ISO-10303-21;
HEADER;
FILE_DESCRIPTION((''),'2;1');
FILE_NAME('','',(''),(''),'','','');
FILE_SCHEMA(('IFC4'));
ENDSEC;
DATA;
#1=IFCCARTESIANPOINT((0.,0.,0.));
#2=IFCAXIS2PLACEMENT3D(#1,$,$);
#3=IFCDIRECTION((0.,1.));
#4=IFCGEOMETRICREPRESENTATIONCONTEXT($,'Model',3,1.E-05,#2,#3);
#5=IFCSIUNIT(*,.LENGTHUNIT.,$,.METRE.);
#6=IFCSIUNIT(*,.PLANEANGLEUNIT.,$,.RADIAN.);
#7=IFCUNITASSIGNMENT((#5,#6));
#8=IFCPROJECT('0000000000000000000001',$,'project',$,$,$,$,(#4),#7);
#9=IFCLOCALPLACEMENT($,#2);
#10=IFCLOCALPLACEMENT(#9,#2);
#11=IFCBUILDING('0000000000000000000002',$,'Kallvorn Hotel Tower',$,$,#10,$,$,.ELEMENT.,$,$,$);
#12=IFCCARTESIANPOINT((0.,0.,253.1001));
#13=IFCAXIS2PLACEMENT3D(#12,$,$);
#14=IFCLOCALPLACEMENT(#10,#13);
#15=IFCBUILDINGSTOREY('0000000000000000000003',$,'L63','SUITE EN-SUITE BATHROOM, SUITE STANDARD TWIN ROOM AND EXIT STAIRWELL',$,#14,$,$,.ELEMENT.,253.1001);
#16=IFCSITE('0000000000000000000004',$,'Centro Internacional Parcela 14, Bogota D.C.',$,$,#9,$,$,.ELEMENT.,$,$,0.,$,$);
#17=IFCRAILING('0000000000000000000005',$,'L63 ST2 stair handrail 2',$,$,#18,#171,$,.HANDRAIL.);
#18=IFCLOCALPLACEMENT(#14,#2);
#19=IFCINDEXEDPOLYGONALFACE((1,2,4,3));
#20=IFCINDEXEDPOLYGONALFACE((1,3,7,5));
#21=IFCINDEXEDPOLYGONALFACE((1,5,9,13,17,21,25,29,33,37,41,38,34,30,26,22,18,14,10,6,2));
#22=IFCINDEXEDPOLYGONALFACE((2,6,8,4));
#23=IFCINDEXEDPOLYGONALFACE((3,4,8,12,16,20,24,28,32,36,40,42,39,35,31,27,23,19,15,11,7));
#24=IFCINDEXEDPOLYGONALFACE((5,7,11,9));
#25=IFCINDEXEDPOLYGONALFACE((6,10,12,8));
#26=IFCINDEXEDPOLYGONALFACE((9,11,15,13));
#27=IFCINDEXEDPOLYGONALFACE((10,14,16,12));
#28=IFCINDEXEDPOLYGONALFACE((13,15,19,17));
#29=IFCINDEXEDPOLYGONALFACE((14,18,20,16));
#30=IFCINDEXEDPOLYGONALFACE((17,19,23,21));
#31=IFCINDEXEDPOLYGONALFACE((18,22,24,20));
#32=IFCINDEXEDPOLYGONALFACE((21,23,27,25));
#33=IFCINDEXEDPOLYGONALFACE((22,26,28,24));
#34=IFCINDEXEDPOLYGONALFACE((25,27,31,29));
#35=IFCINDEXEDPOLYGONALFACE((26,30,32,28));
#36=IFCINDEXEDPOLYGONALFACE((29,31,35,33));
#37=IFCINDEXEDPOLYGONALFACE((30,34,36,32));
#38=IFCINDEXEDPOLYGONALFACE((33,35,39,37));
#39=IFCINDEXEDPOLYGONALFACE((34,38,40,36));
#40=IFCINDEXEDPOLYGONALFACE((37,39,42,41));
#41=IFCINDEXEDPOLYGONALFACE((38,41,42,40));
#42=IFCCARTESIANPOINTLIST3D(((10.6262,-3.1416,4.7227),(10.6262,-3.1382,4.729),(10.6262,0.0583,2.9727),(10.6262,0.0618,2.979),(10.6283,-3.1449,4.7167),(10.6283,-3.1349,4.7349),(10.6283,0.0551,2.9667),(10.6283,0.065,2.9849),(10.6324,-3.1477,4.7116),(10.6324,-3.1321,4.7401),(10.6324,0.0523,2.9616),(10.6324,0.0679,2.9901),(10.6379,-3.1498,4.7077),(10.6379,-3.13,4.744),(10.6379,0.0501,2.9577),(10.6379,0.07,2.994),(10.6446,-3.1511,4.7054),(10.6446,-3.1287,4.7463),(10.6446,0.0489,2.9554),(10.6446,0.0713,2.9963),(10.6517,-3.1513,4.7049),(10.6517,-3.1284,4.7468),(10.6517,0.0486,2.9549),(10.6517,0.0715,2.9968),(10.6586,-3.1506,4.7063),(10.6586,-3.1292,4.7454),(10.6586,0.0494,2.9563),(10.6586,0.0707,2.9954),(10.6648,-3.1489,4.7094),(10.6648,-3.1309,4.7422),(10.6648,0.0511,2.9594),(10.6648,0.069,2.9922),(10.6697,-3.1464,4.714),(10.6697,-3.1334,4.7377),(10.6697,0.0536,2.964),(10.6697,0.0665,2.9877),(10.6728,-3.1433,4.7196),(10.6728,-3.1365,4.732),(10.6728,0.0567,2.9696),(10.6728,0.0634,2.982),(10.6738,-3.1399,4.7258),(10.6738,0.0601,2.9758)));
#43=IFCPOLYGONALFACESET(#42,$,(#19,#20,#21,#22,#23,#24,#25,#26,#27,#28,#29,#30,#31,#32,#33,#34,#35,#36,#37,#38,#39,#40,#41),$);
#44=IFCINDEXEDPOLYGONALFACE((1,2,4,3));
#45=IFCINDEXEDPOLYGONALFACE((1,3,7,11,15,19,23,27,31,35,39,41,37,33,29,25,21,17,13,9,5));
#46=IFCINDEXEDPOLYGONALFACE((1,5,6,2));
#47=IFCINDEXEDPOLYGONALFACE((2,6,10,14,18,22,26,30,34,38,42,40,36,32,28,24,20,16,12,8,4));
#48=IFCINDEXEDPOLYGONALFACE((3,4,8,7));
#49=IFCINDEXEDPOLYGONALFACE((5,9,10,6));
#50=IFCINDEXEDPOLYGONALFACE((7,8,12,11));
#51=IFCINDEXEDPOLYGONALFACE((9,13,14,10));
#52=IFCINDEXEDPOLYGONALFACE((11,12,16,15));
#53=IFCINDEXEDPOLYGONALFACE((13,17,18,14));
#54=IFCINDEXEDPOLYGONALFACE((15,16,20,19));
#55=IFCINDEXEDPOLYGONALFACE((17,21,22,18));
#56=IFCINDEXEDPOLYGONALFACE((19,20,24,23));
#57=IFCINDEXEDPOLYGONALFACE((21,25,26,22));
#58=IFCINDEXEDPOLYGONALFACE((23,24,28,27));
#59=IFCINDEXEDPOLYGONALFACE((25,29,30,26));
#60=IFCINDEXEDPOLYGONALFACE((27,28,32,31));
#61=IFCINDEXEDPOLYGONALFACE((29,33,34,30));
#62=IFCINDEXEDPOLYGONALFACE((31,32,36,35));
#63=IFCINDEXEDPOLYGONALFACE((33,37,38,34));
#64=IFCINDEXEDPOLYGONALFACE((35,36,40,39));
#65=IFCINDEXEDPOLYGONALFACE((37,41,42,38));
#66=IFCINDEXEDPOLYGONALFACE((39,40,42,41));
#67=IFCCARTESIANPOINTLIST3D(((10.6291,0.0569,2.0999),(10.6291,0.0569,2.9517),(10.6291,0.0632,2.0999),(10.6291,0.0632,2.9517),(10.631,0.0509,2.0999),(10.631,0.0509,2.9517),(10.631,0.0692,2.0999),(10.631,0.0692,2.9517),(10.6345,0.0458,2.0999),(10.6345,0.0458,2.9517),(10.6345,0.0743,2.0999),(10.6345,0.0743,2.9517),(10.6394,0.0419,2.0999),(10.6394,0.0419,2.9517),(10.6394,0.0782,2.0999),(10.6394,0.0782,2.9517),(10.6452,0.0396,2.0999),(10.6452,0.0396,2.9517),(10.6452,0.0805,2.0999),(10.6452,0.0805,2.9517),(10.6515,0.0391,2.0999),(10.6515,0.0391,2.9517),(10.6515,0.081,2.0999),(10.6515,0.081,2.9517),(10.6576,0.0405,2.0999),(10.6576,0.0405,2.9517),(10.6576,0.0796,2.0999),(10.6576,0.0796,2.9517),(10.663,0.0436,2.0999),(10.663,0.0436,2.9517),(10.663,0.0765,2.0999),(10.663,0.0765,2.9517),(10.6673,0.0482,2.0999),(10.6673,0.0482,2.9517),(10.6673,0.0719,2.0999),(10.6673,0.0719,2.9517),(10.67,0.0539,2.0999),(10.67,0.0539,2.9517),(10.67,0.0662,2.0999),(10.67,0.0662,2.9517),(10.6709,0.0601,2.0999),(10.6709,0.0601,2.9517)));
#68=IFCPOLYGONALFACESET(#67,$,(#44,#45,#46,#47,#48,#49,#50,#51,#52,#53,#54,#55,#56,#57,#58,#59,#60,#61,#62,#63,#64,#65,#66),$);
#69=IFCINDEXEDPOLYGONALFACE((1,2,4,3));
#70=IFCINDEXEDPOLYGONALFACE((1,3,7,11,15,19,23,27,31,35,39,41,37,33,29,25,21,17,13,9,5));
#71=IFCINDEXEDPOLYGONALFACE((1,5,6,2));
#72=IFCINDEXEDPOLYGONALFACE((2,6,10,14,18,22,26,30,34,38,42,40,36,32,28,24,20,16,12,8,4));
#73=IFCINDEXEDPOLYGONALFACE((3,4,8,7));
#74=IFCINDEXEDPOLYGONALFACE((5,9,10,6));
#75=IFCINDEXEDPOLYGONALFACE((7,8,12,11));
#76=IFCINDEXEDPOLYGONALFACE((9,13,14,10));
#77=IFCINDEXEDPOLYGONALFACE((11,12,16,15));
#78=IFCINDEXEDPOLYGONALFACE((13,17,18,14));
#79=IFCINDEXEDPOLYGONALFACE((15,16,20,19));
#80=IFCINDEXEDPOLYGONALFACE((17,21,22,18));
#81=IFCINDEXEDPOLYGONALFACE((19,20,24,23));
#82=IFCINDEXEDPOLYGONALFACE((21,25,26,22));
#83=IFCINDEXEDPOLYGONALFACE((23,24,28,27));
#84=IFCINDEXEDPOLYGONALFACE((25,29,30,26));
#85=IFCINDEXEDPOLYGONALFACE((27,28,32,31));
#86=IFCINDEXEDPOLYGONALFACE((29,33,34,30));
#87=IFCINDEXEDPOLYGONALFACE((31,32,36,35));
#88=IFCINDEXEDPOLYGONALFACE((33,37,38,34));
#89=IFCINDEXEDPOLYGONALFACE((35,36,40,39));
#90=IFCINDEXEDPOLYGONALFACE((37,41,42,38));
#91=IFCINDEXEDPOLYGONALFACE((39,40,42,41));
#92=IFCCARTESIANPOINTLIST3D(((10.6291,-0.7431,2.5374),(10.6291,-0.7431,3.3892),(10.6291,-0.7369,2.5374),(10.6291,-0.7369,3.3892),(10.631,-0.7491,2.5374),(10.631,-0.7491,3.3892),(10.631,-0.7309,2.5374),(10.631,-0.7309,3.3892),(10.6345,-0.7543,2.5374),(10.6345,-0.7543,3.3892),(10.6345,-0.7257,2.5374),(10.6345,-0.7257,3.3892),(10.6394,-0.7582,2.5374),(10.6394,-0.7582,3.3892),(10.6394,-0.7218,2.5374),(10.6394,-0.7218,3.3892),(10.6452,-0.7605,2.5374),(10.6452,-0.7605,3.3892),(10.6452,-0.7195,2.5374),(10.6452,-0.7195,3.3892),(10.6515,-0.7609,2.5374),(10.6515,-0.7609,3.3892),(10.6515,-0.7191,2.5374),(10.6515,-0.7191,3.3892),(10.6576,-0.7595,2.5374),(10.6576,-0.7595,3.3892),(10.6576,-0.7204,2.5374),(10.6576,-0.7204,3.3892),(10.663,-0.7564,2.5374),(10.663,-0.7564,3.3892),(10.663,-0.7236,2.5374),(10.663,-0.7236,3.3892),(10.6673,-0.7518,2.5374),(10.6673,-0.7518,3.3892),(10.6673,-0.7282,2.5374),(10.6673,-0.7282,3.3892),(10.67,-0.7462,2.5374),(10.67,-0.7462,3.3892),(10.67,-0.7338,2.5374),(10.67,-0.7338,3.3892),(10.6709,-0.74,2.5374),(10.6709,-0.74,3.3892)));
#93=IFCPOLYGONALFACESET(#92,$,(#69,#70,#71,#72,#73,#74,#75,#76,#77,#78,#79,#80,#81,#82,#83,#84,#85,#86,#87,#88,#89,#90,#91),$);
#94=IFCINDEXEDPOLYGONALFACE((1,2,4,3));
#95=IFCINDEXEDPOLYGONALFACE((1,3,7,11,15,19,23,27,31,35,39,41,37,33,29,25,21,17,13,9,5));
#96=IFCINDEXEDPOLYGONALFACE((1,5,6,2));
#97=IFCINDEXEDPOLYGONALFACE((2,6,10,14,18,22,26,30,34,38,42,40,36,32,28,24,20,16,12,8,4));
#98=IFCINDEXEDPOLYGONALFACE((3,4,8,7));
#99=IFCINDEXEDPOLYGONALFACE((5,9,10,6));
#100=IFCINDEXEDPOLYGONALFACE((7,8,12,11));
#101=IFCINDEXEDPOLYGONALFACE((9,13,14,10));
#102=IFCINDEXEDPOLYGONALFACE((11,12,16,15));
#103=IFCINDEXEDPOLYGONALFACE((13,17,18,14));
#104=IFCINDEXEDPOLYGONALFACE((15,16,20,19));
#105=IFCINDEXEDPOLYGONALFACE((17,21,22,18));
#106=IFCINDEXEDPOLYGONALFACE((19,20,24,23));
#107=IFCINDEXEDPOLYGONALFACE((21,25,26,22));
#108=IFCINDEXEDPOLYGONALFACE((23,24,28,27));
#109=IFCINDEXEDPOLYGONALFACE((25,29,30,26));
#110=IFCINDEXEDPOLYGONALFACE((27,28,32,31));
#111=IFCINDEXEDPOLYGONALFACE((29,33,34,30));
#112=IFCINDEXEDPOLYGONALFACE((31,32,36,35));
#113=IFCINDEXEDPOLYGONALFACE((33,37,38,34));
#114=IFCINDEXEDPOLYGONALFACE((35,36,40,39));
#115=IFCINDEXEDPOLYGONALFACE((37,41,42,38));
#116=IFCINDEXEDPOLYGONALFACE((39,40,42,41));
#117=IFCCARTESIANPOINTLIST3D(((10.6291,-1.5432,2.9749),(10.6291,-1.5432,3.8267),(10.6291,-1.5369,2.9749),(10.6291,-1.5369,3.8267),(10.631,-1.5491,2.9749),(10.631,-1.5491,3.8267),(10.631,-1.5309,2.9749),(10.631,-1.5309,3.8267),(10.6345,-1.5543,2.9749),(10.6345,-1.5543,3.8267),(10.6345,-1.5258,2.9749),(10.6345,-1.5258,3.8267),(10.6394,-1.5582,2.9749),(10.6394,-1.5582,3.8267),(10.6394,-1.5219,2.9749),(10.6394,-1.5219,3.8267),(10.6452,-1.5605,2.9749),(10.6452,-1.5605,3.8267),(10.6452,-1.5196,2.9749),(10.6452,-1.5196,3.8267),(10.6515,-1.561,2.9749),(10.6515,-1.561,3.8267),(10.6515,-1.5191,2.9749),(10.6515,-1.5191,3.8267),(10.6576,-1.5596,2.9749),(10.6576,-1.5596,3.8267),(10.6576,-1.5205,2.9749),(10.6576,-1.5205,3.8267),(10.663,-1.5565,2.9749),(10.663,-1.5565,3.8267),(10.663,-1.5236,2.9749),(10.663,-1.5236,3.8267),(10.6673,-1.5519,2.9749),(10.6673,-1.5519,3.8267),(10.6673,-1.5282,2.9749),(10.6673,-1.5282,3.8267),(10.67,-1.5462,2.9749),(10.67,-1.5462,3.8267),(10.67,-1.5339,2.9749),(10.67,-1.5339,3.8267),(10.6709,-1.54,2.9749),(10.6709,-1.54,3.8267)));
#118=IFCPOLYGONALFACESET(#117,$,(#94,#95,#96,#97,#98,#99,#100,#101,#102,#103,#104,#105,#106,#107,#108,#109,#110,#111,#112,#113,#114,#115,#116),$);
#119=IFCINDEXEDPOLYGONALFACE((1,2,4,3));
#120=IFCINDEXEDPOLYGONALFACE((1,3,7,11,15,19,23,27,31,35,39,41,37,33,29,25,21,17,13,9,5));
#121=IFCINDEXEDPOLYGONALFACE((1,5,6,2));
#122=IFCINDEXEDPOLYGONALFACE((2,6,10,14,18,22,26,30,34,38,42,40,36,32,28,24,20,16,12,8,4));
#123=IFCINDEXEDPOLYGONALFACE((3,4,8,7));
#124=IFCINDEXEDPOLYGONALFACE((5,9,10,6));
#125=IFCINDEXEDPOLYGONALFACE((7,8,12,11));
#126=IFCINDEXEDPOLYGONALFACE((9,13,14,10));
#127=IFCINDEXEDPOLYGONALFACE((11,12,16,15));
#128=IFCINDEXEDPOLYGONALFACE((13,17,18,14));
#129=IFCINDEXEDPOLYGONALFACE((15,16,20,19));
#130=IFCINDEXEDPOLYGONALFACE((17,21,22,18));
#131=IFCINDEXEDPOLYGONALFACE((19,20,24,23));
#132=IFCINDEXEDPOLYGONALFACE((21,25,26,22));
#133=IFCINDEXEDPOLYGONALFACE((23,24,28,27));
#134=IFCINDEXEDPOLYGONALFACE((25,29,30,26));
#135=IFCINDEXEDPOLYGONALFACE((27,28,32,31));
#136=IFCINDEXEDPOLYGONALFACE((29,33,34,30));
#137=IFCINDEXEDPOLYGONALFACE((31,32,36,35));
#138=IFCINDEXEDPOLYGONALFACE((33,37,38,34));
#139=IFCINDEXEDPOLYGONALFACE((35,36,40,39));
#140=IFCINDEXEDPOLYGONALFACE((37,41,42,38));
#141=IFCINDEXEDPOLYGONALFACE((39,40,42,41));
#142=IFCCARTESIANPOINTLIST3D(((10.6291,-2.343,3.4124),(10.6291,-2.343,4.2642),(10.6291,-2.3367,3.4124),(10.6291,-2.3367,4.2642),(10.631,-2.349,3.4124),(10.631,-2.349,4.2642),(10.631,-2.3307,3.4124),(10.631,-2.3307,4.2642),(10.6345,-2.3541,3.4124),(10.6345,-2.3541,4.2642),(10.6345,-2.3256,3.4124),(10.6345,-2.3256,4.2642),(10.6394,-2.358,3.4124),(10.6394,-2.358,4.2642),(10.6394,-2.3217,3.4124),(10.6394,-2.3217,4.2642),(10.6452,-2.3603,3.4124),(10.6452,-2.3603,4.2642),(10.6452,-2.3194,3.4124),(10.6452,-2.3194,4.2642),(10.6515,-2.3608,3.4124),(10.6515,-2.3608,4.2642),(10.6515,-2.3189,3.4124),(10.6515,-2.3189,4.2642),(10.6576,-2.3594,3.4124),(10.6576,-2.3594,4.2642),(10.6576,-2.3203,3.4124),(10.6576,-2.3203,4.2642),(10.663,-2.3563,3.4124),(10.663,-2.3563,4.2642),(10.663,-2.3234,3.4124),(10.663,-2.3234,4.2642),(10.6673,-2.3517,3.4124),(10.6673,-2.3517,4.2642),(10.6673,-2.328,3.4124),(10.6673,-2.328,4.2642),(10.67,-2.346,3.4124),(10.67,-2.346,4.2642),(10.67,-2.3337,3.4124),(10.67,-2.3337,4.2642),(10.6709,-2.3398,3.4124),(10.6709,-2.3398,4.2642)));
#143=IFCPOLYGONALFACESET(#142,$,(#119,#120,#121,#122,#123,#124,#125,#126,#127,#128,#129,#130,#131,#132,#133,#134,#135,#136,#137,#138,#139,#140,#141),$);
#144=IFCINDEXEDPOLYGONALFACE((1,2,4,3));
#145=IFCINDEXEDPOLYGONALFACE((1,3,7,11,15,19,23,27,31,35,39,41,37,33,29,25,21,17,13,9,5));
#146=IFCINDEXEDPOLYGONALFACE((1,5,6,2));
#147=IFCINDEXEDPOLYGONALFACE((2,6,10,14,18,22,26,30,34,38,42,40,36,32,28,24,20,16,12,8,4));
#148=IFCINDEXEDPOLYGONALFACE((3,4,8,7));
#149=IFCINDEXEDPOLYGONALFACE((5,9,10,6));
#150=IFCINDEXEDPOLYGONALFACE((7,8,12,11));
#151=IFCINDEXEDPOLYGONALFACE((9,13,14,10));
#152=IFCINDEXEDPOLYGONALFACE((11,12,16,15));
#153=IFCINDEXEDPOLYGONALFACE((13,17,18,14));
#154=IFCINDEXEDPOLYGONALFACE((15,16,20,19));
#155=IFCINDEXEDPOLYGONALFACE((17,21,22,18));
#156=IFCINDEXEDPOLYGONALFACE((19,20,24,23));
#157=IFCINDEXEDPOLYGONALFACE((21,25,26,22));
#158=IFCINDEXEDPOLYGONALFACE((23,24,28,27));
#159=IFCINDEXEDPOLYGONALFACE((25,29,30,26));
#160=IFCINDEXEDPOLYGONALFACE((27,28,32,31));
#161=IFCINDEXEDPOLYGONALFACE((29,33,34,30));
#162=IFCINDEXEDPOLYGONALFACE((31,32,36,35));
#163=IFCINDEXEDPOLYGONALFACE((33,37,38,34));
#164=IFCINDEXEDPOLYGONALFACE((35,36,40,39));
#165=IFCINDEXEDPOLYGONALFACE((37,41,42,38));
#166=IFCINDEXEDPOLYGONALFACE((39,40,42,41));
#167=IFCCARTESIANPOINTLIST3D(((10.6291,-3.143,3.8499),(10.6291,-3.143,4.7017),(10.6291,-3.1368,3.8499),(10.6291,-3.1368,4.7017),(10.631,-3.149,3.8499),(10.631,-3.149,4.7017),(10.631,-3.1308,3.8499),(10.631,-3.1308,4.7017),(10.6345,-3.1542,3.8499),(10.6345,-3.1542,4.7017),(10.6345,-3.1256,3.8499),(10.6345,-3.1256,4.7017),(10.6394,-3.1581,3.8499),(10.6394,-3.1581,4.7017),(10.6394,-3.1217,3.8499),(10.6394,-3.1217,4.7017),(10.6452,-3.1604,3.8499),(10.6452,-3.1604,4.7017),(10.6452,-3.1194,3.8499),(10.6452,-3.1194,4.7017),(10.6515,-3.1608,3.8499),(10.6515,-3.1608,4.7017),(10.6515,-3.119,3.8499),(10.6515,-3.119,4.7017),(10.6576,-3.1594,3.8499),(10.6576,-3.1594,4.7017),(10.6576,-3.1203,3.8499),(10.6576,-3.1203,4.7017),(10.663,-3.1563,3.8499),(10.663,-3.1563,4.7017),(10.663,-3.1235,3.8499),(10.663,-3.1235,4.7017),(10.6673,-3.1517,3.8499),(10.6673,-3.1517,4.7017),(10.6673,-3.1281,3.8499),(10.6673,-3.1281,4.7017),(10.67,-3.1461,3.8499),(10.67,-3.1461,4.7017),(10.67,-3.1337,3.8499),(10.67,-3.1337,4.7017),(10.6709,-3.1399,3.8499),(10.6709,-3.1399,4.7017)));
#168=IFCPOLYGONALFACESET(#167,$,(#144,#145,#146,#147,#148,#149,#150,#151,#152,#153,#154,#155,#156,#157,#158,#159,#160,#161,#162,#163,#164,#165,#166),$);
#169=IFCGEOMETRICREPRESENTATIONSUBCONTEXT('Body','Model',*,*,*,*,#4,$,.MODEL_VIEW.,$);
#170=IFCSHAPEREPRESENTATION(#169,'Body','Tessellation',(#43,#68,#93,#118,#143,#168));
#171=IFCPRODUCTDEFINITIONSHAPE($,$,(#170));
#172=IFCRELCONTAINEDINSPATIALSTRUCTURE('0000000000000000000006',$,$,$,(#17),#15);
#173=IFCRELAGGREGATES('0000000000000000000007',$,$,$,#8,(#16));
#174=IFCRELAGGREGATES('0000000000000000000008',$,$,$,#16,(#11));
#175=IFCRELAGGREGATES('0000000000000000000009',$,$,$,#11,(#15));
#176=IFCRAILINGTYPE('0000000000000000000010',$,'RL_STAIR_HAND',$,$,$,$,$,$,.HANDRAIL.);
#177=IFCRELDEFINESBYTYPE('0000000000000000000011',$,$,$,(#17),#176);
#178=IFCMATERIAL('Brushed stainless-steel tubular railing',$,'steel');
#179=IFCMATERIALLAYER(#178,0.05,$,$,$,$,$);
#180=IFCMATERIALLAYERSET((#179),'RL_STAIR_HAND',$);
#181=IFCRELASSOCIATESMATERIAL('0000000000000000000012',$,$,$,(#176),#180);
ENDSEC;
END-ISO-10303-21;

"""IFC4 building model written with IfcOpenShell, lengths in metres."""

from ifc_helpers import new_model, si_unit, direction, frame, origin, origin_2d, place, context, subcontext, project, spatial, circle, extrude, material, layer, layer_set, type_object, element, save


model = new_model("IFC4")

# Units and contexts
model_context = context("Model", 3, precision=1e-05, world=origin(), true_north=direction((0.0, 1.0)))
body_context = subcontext(model_context, "Body", "Model", "MODEL_VIEW")
ifc_project = project(units=[si_unit("LENGTHUNIT", "METRE"), si_unit("PLANEANGLEUNIT", "RADIAN")], contexts=[model_context])

# Site, building, storey
site_placement = place(None, origin())
site = spatial("IfcSite", under=ifc_project, at=site_placement, Name="Centro Internacional Parcela 14, Bogota D.C.", CompositionType="ELEMENT", RefElevation=0.0)
building_placement = place(site_placement, origin())
building = spatial("IfcBuilding", under=site, at=building_placement, Name="Kallvorn Hotel Tower", CompositionType="ELEMENT")
storey_placement = place(building_placement, frame((0.0, 0.0, 253.1001)))
storey = spatial("IfcBuildingStorey", under=building, at=storey_placement, Name="L63", Description="SUITE EN-SUITE BATHROOM, SUITE STANDARD TWIN ROOM AND EXIT STAIRWELL", CompositionType="ELEMENT", Elevation=253.1001)

# Railing
ifc_material_1 = material(Name="Brushed stainless-steel tubular railing", Category="steel")
ifc_layer_1 = layer(ifc_material_1, 0.05)
ifc_layer_set_1 = layer_set([ifc_layer_1], Name="RL_STAIR_HAND")
railing_type_1 = type_object("IfcRailingType", Name="RL_STAIR_HAND", PredefinedType="HANDRAIL", material=ifc_layer_set_1)
railing_1_placement = place(storey_placement, frame((10.6499, 0.0601, 2.0999)))
element("IfcRailing", 1, at=railing_1_placement, inside=storey, type_object=railing_type_1, Name="L63 ST2 stair handrail 2", PredefinedType="HANDRAIL", context=body_context, shape_type="SweptSolid", body=[
    extrude(circle(Radius=0.0239, at=origin_2d()), frame((0.0, 0.0, 0.876), z_axis=(0.0, -0.877368, 0.479818), x_axis=(1.0, 0.0, 0.0)), (0.0, 0.0, 1.0), 3.6472),
    extrude(circle(Radius=0.021, at=origin_2d()), origin(), (0.0, 0.0, 1.0), 0.8518),
    extrude(circle(Radius=0.021, at=origin_2d()), frame((0.0, -0.8, 0.4375)), (0.0, 0.0, 1.0), 0.8518),
    extrude(circle(Radius=0.021, at=origin_2d()), frame((0.0, -1.6001, 0.875)), (0.0, 0.0, 1.0), 0.8518),
    extrude(circle(Radius=0.021, at=origin_2d()), frame((0.0, -2.3999, 1.3125)), (0.0, 0.0, 1.0), 0.8518),
    extrude(circle(Radius=0.021, at=origin_2d()), frame((0.0, -3.2, 1.75)), (0.0, 0.0, 1.0), 0.8518),
])

save(model, "model.ifc")
